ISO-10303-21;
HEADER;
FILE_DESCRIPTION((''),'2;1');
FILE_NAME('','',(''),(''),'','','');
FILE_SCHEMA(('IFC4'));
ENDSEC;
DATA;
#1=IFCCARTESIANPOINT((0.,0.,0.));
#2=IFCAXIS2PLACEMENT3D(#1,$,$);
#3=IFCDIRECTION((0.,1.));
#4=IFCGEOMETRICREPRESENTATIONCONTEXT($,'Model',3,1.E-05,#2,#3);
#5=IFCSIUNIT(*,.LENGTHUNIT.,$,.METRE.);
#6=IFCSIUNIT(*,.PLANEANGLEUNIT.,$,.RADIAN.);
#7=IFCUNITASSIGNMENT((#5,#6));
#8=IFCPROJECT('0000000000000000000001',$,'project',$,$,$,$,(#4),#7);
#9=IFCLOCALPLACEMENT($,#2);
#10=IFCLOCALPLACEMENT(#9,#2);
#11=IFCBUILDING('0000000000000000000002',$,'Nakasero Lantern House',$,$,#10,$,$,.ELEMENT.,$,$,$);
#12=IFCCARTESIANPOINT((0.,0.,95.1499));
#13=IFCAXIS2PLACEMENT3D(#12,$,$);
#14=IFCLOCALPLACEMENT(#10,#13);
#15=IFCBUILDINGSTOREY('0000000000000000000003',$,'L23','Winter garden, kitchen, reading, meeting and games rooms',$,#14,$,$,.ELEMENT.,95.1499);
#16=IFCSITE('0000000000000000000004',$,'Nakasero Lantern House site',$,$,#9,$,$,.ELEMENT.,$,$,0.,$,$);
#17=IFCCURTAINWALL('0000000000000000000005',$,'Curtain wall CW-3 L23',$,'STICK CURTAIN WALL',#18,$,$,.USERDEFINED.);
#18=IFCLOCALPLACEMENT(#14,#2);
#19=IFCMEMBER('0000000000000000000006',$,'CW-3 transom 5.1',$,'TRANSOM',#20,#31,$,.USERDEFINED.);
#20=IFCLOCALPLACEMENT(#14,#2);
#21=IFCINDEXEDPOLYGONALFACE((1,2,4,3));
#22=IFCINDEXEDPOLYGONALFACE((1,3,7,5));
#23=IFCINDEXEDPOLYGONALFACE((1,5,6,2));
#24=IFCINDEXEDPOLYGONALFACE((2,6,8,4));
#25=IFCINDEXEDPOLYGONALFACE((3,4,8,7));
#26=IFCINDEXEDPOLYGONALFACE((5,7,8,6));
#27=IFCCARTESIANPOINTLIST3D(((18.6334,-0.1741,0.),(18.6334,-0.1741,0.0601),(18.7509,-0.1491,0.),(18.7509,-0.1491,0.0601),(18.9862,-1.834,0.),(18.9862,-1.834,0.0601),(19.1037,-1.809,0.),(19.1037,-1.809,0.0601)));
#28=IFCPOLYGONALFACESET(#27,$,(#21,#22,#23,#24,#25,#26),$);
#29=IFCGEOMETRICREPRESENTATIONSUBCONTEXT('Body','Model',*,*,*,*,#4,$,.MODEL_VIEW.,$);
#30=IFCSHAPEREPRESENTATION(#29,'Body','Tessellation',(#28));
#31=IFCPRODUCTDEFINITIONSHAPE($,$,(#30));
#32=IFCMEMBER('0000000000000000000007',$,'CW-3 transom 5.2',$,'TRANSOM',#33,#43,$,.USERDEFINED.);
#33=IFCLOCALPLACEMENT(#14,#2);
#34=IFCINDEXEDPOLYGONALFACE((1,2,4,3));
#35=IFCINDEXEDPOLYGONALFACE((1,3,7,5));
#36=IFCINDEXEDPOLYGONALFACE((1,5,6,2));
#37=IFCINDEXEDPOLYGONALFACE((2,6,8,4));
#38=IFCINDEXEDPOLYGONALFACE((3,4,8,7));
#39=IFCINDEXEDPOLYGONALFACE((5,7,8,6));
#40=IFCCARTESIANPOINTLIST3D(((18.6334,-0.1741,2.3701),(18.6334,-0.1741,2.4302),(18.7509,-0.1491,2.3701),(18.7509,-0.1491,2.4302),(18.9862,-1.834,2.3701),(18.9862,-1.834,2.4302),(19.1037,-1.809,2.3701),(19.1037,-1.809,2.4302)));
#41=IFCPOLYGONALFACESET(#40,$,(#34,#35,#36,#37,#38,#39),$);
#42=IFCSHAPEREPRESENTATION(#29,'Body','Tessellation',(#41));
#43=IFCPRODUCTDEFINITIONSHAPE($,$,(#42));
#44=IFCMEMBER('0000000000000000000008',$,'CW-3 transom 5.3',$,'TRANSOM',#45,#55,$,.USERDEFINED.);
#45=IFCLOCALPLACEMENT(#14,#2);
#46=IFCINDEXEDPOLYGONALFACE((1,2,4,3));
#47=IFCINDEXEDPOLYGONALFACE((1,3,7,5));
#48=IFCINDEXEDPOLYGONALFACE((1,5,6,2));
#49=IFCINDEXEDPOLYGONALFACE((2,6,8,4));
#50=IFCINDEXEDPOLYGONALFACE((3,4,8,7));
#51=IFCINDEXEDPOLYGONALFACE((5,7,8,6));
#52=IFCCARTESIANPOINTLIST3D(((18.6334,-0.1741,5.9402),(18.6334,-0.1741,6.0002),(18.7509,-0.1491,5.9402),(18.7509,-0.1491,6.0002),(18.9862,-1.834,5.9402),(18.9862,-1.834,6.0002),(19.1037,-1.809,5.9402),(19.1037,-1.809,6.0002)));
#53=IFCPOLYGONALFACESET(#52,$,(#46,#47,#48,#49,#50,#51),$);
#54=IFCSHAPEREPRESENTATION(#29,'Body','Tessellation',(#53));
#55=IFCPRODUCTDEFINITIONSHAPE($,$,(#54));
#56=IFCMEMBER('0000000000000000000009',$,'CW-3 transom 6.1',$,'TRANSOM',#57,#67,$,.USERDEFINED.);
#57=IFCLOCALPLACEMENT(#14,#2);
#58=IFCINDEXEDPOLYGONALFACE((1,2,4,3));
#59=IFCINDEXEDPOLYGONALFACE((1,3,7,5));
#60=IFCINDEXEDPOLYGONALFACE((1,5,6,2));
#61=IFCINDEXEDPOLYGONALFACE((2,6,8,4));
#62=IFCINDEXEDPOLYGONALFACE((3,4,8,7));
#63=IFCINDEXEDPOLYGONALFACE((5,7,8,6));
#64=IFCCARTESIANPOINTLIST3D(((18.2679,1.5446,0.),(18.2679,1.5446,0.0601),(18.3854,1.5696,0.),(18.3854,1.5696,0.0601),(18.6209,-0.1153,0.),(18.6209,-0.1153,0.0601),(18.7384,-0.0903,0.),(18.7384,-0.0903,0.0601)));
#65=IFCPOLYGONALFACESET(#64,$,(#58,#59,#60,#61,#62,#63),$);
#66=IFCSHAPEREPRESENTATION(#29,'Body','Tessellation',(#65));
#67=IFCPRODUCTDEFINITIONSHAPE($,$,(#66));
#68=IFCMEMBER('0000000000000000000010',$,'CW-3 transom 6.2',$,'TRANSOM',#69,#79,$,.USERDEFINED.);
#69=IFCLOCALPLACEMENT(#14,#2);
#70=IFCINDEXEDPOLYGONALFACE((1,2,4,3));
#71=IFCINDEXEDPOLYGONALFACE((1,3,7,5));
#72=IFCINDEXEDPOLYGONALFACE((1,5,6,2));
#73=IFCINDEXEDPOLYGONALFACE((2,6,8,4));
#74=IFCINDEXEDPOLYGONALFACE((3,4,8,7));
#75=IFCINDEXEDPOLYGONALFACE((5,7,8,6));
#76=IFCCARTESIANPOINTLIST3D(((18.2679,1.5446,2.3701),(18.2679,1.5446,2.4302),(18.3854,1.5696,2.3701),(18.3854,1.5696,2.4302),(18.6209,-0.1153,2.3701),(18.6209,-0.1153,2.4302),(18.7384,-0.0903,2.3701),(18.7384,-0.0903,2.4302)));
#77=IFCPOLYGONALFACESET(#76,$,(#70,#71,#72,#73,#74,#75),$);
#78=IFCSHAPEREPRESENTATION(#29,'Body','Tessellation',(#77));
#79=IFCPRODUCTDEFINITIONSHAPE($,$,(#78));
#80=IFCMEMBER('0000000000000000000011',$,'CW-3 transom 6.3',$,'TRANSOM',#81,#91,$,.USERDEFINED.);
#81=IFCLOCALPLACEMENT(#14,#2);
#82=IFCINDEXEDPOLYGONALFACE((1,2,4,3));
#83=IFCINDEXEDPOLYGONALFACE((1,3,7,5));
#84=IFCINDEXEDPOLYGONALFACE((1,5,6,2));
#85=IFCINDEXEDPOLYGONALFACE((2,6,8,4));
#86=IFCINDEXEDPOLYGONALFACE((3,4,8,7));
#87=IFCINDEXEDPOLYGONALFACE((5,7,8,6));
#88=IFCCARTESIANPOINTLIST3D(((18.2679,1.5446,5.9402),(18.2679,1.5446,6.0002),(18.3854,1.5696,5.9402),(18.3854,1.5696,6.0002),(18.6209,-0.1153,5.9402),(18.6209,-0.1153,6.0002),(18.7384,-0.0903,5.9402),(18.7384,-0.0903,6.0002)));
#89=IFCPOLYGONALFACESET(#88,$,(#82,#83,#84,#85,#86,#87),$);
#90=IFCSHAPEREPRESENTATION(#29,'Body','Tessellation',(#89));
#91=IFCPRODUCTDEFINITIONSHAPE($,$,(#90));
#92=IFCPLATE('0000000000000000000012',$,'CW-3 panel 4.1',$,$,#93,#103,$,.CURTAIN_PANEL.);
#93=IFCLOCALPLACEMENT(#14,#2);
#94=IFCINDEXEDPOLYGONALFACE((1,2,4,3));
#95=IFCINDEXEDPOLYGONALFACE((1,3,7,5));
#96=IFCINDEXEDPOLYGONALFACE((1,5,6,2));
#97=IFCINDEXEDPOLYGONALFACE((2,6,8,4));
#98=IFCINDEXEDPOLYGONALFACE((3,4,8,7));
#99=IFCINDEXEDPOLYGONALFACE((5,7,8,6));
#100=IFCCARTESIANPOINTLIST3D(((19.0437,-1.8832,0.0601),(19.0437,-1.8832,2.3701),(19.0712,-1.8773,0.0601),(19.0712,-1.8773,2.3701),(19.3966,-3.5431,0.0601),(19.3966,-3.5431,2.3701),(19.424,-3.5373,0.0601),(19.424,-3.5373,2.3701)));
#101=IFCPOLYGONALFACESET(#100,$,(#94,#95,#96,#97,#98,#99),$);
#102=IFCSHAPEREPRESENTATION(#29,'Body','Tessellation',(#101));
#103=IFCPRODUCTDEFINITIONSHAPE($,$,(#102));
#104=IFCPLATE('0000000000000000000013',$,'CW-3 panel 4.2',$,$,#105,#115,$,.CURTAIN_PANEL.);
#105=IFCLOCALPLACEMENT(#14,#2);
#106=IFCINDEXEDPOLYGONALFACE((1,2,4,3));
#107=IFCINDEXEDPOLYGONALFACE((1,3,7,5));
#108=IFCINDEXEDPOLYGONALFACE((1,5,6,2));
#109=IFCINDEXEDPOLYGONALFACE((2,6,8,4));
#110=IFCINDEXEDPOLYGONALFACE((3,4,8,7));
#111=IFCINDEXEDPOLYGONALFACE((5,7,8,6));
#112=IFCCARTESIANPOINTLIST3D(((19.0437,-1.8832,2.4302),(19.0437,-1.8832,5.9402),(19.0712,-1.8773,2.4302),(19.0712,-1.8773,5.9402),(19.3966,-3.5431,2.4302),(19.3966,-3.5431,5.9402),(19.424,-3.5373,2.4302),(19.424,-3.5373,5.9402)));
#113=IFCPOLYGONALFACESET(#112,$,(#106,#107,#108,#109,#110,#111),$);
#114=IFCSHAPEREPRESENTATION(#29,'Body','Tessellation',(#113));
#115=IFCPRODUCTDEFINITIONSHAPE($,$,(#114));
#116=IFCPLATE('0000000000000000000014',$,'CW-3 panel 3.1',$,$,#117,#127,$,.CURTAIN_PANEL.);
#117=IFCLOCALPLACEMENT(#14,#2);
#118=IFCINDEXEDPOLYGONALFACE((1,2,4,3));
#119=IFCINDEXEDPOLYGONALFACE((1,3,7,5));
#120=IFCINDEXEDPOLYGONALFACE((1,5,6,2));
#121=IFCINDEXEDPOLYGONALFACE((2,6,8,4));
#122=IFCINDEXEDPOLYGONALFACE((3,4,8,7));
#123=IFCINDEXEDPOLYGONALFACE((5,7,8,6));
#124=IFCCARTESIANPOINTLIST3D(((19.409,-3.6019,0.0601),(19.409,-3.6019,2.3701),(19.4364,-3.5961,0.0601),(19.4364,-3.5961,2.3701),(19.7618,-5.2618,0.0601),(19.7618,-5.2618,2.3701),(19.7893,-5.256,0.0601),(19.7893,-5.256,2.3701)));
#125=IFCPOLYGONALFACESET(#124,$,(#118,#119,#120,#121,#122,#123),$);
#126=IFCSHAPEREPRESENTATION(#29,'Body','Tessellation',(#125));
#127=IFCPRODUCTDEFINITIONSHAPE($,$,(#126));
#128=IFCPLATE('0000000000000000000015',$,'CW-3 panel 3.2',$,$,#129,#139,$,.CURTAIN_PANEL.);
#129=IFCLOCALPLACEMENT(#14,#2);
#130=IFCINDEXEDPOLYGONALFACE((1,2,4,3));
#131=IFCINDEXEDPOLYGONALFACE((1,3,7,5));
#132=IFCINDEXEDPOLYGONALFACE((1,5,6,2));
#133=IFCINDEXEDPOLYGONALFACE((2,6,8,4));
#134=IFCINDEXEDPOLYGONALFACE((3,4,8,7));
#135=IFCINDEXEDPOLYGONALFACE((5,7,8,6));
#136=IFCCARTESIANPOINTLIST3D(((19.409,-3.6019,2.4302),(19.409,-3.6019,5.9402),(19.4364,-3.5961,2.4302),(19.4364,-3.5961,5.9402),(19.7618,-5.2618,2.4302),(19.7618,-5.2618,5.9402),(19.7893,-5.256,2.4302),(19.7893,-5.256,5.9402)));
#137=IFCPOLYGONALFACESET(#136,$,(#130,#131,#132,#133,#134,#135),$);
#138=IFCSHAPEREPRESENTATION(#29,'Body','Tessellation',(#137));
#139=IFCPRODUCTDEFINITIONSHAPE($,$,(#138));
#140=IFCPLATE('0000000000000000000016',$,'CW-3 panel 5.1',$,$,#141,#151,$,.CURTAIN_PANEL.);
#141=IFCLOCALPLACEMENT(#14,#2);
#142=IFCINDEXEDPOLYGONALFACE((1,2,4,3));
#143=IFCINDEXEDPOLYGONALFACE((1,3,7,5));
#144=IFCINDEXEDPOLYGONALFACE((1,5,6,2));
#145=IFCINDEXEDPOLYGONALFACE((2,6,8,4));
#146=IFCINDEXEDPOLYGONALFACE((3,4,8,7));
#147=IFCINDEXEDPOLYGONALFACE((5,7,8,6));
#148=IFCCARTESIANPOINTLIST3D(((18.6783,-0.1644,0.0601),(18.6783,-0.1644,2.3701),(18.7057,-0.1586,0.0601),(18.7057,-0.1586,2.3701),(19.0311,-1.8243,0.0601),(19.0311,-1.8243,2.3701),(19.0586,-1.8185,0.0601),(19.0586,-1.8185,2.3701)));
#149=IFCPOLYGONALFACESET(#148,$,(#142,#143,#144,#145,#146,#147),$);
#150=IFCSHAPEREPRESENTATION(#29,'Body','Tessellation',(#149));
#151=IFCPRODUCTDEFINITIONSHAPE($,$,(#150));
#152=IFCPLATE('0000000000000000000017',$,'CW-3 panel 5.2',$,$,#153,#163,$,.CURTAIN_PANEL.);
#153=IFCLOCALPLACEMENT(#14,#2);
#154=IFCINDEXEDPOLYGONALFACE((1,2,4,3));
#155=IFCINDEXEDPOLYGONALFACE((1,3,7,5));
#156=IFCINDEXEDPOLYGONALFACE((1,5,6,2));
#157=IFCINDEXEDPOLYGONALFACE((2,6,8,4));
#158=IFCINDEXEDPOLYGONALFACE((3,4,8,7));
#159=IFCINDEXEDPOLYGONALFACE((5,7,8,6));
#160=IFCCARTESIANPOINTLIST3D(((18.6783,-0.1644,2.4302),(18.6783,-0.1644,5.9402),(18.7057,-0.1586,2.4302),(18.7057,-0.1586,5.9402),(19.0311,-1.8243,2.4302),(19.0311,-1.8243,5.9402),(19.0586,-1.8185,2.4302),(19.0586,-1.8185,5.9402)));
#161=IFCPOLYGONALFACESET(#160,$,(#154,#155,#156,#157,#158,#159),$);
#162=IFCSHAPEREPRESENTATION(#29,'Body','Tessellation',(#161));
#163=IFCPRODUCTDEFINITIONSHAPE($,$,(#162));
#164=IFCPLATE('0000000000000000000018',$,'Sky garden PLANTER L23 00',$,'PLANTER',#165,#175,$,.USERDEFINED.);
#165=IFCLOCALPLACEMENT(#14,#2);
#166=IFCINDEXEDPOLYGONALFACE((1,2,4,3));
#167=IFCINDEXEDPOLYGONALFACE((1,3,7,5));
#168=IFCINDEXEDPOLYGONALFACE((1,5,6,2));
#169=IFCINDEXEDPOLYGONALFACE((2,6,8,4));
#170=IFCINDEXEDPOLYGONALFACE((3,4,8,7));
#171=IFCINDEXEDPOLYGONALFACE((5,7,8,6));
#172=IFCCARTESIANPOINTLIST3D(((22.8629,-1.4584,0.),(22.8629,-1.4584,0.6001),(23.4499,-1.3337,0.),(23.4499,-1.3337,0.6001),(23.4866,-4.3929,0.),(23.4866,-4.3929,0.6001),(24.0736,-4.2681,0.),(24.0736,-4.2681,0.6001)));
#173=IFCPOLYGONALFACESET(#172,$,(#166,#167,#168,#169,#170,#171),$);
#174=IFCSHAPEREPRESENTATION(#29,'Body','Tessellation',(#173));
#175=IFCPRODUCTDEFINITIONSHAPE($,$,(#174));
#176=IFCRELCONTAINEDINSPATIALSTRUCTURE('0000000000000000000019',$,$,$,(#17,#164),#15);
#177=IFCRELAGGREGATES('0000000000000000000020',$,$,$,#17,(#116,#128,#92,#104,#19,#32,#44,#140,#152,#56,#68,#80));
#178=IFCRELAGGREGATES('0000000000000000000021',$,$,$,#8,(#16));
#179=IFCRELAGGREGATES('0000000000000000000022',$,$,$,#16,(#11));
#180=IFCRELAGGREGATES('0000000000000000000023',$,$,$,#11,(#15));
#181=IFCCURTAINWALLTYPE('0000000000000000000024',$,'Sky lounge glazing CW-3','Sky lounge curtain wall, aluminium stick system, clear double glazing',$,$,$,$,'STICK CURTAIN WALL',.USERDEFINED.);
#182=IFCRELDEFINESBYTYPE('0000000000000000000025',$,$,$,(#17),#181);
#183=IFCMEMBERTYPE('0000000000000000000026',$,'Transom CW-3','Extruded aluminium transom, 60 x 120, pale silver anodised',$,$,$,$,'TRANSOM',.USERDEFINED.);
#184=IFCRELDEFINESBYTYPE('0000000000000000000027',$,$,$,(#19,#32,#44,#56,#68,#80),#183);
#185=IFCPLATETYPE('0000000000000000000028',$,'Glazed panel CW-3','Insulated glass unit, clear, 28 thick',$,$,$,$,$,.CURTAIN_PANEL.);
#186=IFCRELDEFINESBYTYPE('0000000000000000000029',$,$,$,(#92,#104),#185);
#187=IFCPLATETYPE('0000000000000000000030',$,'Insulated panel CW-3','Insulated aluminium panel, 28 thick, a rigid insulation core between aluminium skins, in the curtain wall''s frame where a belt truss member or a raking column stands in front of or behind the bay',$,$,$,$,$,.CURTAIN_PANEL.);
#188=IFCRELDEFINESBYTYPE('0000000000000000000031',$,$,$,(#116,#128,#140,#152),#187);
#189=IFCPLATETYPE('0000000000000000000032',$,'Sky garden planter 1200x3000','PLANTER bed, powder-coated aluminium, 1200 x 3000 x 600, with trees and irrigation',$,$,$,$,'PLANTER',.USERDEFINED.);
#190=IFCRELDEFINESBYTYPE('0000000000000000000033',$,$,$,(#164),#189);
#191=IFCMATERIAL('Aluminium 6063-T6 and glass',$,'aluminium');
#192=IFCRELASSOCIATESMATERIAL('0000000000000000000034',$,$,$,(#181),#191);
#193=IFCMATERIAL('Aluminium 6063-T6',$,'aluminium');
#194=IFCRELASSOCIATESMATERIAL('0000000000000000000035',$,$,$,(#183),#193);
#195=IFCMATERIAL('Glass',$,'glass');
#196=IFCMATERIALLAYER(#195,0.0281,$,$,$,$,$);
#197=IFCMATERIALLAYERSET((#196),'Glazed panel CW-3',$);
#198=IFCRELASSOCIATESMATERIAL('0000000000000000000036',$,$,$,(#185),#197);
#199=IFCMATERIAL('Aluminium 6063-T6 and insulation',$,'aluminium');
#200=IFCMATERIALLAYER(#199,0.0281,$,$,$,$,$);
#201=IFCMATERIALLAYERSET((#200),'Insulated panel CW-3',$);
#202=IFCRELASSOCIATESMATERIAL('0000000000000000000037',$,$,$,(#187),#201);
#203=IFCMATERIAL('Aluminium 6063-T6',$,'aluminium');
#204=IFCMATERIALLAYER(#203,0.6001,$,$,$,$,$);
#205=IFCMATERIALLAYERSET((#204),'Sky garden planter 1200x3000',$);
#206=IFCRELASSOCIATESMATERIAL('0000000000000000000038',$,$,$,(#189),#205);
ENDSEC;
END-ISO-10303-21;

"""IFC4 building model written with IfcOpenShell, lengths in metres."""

from ifc_helpers import new_model, si_unit, direction, frame, origin, origin_2d, place, context, subcontext, project, spatial, rectangle, extrude, material, layer, layer_set, material_profile, profile_set, type_object, element, aggregate, save


model = new_model("IFC4")

# Units and contexts
model_context = context("Model", 3, precision=1e-05, world=origin(), true_north=direction((0.0, 1.0)))
body_context = subcontext(model_context, "Body", "Model", "MODEL_VIEW")
ifc_project = project(units=[si_unit("LENGTHUNIT", "METRE"), si_unit("PLANEANGLEUNIT", "RADIAN")], contexts=[model_context])

# Site, building, storey
site_placement = place(None, origin())
site = spatial("IfcSite", under=ifc_project, at=site_placement, Name="Nakasero Lantern House site", CompositionType="ELEMENT", RefElevation=0.0)
building_placement = place(site_placement, origin())
building = spatial("IfcBuilding", under=site, at=building_placement, Name="Nakasero Lantern House", CompositionType="ELEMENT")
storey_placement = place(building_placement, frame((0.0, 0.0, 95.1499)))
storey = spatial("IfcBuildingStorey", under=building, at=storey_placement, Name="L23", Description="Winter garden, kitchen, reading, meeting and games rooms", CompositionType="ELEMENT", Elevation=95.1499)

# Curtain wall, members, plates
ifc_material_1 = material(Name="Aluminium 6063-T6 and glass", Category="aluminium")
curtain_wall_type = type_object("IfcCurtainWallType", Name="Sky lounge glazing CW-3", Description="Sky lounge curtain wall, aluminium stick system, clear double glazing", ElementType="STICK CURTAIN WALL", PredefinedType="USERDEFINED", material=ifc_material_1)
curtain_wall_placement = place(storey_placement, origin())
curtain_wall = element("IfcCurtainWall", 1, at=curtain_wall_placement, inside=storey, type_object=curtain_wall_type, Name="Curtain wall CW-3 L23", ObjectType="STICK CURTAIN WALL", PredefinedType="USERDEFINED")
ifc_material_2 = material(Name="Aluminium 6063-T6", Category="aluminium")
ifc_material_profile_1 = material_profile(ifc_material_2, rectangle(XDim=0.0601, YDim=0.1201, at=origin_2d()), Name="CW-3 transom 60x120")
ifc_profile_set_1 = profile_set([ifc_material_profile_1], Name="Aluminium 6063-T6")
member_type_1 = type_object("IfcMemberType", Name="Transom CW-3", Description="Extruded aluminium transom, 60 x 120, pale silver anodised", ElementType="TRANSOM", PredefinedType="USERDEFINED", material=ifc_profile_set_1)
member_1_placement = place(storey_placement, frame((19.0449, -1.8215, 0.03), z_axis=(-0.207888, 0.978153, 0.0), x_axis=(0.0, 0.0, 1.0)))
member_1 = element("IfcMember", 2, at=member_1_placement, type_object=member_type_1, Name="CW-3 transom 5.1", ObjectType="TRANSOM", PredefinedType="USERDEFINED", context=body_context, shape_type="SweptSolid", body=[
    extrude(rectangle(XDim=0.0601, YDim=0.1201, at=origin_2d()), origin(), (0.0, 0.0, 1.0), 1.697),
])
member_2_placement = place(storey_placement, frame((19.0449, -1.8215, 2.4001), z_axis=(-0.207888, 0.978153, 0.0), x_axis=(0.0, 0.0, 1.0)))
member_2 = element("IfcMember", 3, at=member_2_placement, type_object=member_type_1, Name="CW-3 transom 5.2", ObjectType="TRANSOM", PredefinedType="USERDEFINED", context=body_context, shape_type="SweptSolid", body=[
    extrude(rectangle(XDim=0.0601, YDim=0.1201, at=origin_2d()), origin(), (0.0, 0.0, 1.0), 1.697),
])
member_3_placement = place(storey_placement, frame((19.0449, -1.8215, 5.9702), z_axis=(-0.207888, 0.978153, 0.0), x_axis=(0.0, 0.0, 1.0)))
member_3 = element("IfcMember", 4, at=member_3_placement, type_object=member_type_1, Name="CW-3 transom 5.3", ObjectType="TRANSOM", PredefinedType="USERDEFINED", context=body_context, shape_type="SweptSolid", body=[
    extrude(rectangle(XDim=0.0601, YDim=0.1201, at=origin_2d()), origin(), (0.0, 0.0, 1.0), 1.697),
])
member_4_placement = place(storey_placement, frame((18.6797, -0.1028, 0.03), z_axis=(-0.208026, 0.978123, 0.0), x_axis=(0.0, 0.0, 1.0)))
member_4 = element("IfcMember", 5, at=member_4_placement, type_object=member_type_1, Name="CW-3 transom 6.1", ObjectType="TRANSOM", PredefinedType="USERDEFINED", context=body_context, shape_type="SweptSolid", body=[
    extrude(rectangle(XDim=0.0601, YDim=0.1201, at=origin_2d()), origin(), (0.0, 0.0, 1.0), 1.697),
])
member_5_placement = place(storey_placement, frame((18.6797, -0.1028, 2.4001), z_axis=(-0.208026, 0.978123, 0.0), x_axis=(0.0, 0.0, 1.0)))
member_5 = element("IfcMember", 6, at=member_5_placement, type_object=member_type_1, Name="CW-3 transom 6.2", ObjectType="TRANSOM", PredefinedType="USERDEFINED", context=body_context, shape_type="SweptSolid", body=[
    extrude(rectangle(XDim=0.0601, YDim=0.1201, at=origin_2d()), origin(), (0.0, 0.0, 1.0), 1.697),
])
member_6_placement = place(storey_placement, frame((18.6797, -0.1028, 5.9702), z_axis=(-0.208026, 0.978123, 0.0), x_axis=(0.0, 0.0, 1.0)))
member_6 = element("IfcMember", 7, at=member_6_placement, type_object=member_type_1, Name="CW-3 transom 6.3", ObjectType="TRANSOM", PredefinedType="USERDEFINED", context=body_context, shape_type="SweptSolid", body=[
    extrude(rectangle(XDim=0.0601, YDim=0.1201, at=origin_2d()), origin(), (0.0, 0.0, 1.0), 1.697),
])
ifc_material_3 = material(Name="Glass", Category="glass")
ifc_layer_1 = layer(ifc_material_3, 0.0281)
ifc_layer_set_1 = layer_set([ifc_layer_1], Name="Glazed panel CW-3")
plate_type_1 = type_object("IfcPlateType", Name="Glazed panel CW-3", Description="Insulated glass unit, clear, 28 thick", PredefinedType="CURTAIN_PANEL", material=ifc_layer_set_1)
plate_1_placement = place(storey_placement, frame((19.2339, -2.7102, 0.0601), z_axis=(0.0, 0.0, 1.0), x_axis=(-0.207912, 0.978148, 0.0)))
plate_1 = element("IfcPlate", 8, at=plate_1_placement, type_object=plate_type_1, Name="CW-3 panel 4.1", PredefinedType="CURTAIN_PANEL", context=body_context, shape_type="SweptSolid", body=[
    extrude(rectangle(XDim=1.697, YDim=0.0281, at=origin_2d()), origin(), (0.0, 0.0, 1.0), 2.3101),
])
plate_2_placement = place(storey_placement, frame((19.2339, -2.7102, 2.4302), z_axis=(0.0, 0.0, 1.0), x_axis=(-0.207912, 0.978148, 0.0)))
plate_2 = element("IfcPlate", 9, at=plate_2_placement, type_object=plate_type_1, Name="CW-3 panel 4.2", PredefinedType="CURTAIN_PANEL", context=body_context, shape_type="SweptSolid", body=[
    extrude(rectangle(XDim=1.697, YDim=0.0281, at=origin_2d()), origin(), (0.0, 0.0, 1.0), 3.51),
])
ifc_material_4 = material(Name="Aluminium 6063-T6 and insulation", Category="aluminium")
ifc_layer_2 = layer(ifc_material_4, 0.0281)
ifc_layer_set_2 = layer_set([ifc_layer_2], Name="Insulated panel CW-3")
plate_type_2 = type_object("IfcPlateType", Name="Insulated panel CW-3", Description="Insulated aluminium panel, 28 thick, a rigid insulation core between aluminium skins, in the curtain wall's frame where a belt truss member or a raking column stands in front of or behind the bay", PredefinedType="CURTAIN_PANEL", material=ifc_layer_set_2)
plate_3_placement = place(storey_placement, frame((19.5991, -4.429, 0.0601), z_axis=(0.0, 0.0, 1.0), x_axis=(-0.207912, 0.978148, 0.0)))
plate_3 = element("IfcPlate", 10, at=plate_3_placement, type_object=plate_type_2, Name="CW-3 panel 3.1", PredefinedType="CURTAIN_PANEL", context=body_context, shape_type="SweptSolid", body=[
    extrude(rectangle(XDim=1.697, YDim=0.0281, at=origin_2d()), origin(), (0.0, 0.0, 1.0), 2.3101),
])
plate_4_placement = place(storey_placement, frame((19.5991, -4.429, 2.4302), z_axis=(0.0, 0.0, 1.0), x_axis=(-0.207912, 0.978148, 0.0)))
plate_4 = element("IfcPlate", 11, at=plate_4_placement, type_object=plate_type_2, Name="CW-3 panel 3.2", PredefinedType="CURTAIN_PANEL", context=body_context, shape_type="SweptSolid", body=[
    extrude(rectangle(XDim=1.697, YDim=0.0281, at=origin_2d()), origin(), (0.0, 0.0, 1.0), 3.51),
])
plate_5_placement = place(storey_placement, frame((18.8684, -0.9915, 0.0601), z_axis=(0.0, 0.0, 1.0), x_axis=(-0.207912, 0.978148, 0.0)))
plate_5 = element("IfcPlate", 12, at=plate_5_placement, type_object=plate_type_2, Name="CW-3 panel 5.1", PredefinedType="CURTAIN_PANEL", context=body_context, shape_type="SweptSolid", body=[
    extrude(rectangle(XDim=1.697, YDim=0.0281, at=origin_2d()), origin(), (0.0, 0.0, 1.0), 2.3101),
])
plate_6_placement = place(storey_placement, frame((18.8684, -0.9915, 2.4302), z_axis=(0.0, 0.0, 1.0), x_axis=(-0.207912, 0.978148, 0.0)))
plate_6 = element("IfcPlate", 13, at=plate_6_placement, type_object=plate_type_2, Name="CW-3 panel 5.2", PredefinedType="CURTAIN_PANEL", context=body_context, shape_type="SweptSolid", body=[
    extrude(rectangle(XDim=1.697, YDim=0.0281, at=origin_2d()), origin(), (0.0, 0.0, 1.0), 3.51),
])
aggregate(curtain_wall, [plate_3, plate_4, plate_1, plate_2, member_1, member_2, member_3, plate_5, plate_6, member_4, member_5, member_6])

# Plate
ifc_material_5 = material(Name="Aluminium 6063-T6", Category="aluminium")
ifc_layer_3 = layer(ifc_material_5, 0.6001)
ifc_layer_set_3 = layer_set([ifc_layer_3], Name="Sky garden planter 1200x3000")
plate_type_3 = type_object("IfcPlateType", Name="Sky garden planter 1200x3000", Description="PLANTER bed, powder-coated aluminium, 1200 x 3000 x 600, with trees and irrigation", ElementType="PLANTER", PredefinedType="USERDEFINED", material=ifc_layer_set_3)
plate_7_placement = place(storey_placement, frame((23.4683, -2.8633, 0.0), z_axis=(0.0, 0.0, 1.0), x_axis=(0.978148, 0.207912, 0.0)))
element("IfcPlate", 14, at=plate_7_placement, inside=storey, type_object=plate_type_3, Name="Sky garden PLANTER L23 00", ObjectType="PLANTER", PredefinedType="USERDEFINED", context=body_context, shape_type="SweptSolid", body=[
    extrude(rectangle(XDim=0.6001, YDim=3.0, at=origin_2d()), origin(), (0.0, 0.0, 1.0), 0.6001),
])

save(model, "model.ifc")
